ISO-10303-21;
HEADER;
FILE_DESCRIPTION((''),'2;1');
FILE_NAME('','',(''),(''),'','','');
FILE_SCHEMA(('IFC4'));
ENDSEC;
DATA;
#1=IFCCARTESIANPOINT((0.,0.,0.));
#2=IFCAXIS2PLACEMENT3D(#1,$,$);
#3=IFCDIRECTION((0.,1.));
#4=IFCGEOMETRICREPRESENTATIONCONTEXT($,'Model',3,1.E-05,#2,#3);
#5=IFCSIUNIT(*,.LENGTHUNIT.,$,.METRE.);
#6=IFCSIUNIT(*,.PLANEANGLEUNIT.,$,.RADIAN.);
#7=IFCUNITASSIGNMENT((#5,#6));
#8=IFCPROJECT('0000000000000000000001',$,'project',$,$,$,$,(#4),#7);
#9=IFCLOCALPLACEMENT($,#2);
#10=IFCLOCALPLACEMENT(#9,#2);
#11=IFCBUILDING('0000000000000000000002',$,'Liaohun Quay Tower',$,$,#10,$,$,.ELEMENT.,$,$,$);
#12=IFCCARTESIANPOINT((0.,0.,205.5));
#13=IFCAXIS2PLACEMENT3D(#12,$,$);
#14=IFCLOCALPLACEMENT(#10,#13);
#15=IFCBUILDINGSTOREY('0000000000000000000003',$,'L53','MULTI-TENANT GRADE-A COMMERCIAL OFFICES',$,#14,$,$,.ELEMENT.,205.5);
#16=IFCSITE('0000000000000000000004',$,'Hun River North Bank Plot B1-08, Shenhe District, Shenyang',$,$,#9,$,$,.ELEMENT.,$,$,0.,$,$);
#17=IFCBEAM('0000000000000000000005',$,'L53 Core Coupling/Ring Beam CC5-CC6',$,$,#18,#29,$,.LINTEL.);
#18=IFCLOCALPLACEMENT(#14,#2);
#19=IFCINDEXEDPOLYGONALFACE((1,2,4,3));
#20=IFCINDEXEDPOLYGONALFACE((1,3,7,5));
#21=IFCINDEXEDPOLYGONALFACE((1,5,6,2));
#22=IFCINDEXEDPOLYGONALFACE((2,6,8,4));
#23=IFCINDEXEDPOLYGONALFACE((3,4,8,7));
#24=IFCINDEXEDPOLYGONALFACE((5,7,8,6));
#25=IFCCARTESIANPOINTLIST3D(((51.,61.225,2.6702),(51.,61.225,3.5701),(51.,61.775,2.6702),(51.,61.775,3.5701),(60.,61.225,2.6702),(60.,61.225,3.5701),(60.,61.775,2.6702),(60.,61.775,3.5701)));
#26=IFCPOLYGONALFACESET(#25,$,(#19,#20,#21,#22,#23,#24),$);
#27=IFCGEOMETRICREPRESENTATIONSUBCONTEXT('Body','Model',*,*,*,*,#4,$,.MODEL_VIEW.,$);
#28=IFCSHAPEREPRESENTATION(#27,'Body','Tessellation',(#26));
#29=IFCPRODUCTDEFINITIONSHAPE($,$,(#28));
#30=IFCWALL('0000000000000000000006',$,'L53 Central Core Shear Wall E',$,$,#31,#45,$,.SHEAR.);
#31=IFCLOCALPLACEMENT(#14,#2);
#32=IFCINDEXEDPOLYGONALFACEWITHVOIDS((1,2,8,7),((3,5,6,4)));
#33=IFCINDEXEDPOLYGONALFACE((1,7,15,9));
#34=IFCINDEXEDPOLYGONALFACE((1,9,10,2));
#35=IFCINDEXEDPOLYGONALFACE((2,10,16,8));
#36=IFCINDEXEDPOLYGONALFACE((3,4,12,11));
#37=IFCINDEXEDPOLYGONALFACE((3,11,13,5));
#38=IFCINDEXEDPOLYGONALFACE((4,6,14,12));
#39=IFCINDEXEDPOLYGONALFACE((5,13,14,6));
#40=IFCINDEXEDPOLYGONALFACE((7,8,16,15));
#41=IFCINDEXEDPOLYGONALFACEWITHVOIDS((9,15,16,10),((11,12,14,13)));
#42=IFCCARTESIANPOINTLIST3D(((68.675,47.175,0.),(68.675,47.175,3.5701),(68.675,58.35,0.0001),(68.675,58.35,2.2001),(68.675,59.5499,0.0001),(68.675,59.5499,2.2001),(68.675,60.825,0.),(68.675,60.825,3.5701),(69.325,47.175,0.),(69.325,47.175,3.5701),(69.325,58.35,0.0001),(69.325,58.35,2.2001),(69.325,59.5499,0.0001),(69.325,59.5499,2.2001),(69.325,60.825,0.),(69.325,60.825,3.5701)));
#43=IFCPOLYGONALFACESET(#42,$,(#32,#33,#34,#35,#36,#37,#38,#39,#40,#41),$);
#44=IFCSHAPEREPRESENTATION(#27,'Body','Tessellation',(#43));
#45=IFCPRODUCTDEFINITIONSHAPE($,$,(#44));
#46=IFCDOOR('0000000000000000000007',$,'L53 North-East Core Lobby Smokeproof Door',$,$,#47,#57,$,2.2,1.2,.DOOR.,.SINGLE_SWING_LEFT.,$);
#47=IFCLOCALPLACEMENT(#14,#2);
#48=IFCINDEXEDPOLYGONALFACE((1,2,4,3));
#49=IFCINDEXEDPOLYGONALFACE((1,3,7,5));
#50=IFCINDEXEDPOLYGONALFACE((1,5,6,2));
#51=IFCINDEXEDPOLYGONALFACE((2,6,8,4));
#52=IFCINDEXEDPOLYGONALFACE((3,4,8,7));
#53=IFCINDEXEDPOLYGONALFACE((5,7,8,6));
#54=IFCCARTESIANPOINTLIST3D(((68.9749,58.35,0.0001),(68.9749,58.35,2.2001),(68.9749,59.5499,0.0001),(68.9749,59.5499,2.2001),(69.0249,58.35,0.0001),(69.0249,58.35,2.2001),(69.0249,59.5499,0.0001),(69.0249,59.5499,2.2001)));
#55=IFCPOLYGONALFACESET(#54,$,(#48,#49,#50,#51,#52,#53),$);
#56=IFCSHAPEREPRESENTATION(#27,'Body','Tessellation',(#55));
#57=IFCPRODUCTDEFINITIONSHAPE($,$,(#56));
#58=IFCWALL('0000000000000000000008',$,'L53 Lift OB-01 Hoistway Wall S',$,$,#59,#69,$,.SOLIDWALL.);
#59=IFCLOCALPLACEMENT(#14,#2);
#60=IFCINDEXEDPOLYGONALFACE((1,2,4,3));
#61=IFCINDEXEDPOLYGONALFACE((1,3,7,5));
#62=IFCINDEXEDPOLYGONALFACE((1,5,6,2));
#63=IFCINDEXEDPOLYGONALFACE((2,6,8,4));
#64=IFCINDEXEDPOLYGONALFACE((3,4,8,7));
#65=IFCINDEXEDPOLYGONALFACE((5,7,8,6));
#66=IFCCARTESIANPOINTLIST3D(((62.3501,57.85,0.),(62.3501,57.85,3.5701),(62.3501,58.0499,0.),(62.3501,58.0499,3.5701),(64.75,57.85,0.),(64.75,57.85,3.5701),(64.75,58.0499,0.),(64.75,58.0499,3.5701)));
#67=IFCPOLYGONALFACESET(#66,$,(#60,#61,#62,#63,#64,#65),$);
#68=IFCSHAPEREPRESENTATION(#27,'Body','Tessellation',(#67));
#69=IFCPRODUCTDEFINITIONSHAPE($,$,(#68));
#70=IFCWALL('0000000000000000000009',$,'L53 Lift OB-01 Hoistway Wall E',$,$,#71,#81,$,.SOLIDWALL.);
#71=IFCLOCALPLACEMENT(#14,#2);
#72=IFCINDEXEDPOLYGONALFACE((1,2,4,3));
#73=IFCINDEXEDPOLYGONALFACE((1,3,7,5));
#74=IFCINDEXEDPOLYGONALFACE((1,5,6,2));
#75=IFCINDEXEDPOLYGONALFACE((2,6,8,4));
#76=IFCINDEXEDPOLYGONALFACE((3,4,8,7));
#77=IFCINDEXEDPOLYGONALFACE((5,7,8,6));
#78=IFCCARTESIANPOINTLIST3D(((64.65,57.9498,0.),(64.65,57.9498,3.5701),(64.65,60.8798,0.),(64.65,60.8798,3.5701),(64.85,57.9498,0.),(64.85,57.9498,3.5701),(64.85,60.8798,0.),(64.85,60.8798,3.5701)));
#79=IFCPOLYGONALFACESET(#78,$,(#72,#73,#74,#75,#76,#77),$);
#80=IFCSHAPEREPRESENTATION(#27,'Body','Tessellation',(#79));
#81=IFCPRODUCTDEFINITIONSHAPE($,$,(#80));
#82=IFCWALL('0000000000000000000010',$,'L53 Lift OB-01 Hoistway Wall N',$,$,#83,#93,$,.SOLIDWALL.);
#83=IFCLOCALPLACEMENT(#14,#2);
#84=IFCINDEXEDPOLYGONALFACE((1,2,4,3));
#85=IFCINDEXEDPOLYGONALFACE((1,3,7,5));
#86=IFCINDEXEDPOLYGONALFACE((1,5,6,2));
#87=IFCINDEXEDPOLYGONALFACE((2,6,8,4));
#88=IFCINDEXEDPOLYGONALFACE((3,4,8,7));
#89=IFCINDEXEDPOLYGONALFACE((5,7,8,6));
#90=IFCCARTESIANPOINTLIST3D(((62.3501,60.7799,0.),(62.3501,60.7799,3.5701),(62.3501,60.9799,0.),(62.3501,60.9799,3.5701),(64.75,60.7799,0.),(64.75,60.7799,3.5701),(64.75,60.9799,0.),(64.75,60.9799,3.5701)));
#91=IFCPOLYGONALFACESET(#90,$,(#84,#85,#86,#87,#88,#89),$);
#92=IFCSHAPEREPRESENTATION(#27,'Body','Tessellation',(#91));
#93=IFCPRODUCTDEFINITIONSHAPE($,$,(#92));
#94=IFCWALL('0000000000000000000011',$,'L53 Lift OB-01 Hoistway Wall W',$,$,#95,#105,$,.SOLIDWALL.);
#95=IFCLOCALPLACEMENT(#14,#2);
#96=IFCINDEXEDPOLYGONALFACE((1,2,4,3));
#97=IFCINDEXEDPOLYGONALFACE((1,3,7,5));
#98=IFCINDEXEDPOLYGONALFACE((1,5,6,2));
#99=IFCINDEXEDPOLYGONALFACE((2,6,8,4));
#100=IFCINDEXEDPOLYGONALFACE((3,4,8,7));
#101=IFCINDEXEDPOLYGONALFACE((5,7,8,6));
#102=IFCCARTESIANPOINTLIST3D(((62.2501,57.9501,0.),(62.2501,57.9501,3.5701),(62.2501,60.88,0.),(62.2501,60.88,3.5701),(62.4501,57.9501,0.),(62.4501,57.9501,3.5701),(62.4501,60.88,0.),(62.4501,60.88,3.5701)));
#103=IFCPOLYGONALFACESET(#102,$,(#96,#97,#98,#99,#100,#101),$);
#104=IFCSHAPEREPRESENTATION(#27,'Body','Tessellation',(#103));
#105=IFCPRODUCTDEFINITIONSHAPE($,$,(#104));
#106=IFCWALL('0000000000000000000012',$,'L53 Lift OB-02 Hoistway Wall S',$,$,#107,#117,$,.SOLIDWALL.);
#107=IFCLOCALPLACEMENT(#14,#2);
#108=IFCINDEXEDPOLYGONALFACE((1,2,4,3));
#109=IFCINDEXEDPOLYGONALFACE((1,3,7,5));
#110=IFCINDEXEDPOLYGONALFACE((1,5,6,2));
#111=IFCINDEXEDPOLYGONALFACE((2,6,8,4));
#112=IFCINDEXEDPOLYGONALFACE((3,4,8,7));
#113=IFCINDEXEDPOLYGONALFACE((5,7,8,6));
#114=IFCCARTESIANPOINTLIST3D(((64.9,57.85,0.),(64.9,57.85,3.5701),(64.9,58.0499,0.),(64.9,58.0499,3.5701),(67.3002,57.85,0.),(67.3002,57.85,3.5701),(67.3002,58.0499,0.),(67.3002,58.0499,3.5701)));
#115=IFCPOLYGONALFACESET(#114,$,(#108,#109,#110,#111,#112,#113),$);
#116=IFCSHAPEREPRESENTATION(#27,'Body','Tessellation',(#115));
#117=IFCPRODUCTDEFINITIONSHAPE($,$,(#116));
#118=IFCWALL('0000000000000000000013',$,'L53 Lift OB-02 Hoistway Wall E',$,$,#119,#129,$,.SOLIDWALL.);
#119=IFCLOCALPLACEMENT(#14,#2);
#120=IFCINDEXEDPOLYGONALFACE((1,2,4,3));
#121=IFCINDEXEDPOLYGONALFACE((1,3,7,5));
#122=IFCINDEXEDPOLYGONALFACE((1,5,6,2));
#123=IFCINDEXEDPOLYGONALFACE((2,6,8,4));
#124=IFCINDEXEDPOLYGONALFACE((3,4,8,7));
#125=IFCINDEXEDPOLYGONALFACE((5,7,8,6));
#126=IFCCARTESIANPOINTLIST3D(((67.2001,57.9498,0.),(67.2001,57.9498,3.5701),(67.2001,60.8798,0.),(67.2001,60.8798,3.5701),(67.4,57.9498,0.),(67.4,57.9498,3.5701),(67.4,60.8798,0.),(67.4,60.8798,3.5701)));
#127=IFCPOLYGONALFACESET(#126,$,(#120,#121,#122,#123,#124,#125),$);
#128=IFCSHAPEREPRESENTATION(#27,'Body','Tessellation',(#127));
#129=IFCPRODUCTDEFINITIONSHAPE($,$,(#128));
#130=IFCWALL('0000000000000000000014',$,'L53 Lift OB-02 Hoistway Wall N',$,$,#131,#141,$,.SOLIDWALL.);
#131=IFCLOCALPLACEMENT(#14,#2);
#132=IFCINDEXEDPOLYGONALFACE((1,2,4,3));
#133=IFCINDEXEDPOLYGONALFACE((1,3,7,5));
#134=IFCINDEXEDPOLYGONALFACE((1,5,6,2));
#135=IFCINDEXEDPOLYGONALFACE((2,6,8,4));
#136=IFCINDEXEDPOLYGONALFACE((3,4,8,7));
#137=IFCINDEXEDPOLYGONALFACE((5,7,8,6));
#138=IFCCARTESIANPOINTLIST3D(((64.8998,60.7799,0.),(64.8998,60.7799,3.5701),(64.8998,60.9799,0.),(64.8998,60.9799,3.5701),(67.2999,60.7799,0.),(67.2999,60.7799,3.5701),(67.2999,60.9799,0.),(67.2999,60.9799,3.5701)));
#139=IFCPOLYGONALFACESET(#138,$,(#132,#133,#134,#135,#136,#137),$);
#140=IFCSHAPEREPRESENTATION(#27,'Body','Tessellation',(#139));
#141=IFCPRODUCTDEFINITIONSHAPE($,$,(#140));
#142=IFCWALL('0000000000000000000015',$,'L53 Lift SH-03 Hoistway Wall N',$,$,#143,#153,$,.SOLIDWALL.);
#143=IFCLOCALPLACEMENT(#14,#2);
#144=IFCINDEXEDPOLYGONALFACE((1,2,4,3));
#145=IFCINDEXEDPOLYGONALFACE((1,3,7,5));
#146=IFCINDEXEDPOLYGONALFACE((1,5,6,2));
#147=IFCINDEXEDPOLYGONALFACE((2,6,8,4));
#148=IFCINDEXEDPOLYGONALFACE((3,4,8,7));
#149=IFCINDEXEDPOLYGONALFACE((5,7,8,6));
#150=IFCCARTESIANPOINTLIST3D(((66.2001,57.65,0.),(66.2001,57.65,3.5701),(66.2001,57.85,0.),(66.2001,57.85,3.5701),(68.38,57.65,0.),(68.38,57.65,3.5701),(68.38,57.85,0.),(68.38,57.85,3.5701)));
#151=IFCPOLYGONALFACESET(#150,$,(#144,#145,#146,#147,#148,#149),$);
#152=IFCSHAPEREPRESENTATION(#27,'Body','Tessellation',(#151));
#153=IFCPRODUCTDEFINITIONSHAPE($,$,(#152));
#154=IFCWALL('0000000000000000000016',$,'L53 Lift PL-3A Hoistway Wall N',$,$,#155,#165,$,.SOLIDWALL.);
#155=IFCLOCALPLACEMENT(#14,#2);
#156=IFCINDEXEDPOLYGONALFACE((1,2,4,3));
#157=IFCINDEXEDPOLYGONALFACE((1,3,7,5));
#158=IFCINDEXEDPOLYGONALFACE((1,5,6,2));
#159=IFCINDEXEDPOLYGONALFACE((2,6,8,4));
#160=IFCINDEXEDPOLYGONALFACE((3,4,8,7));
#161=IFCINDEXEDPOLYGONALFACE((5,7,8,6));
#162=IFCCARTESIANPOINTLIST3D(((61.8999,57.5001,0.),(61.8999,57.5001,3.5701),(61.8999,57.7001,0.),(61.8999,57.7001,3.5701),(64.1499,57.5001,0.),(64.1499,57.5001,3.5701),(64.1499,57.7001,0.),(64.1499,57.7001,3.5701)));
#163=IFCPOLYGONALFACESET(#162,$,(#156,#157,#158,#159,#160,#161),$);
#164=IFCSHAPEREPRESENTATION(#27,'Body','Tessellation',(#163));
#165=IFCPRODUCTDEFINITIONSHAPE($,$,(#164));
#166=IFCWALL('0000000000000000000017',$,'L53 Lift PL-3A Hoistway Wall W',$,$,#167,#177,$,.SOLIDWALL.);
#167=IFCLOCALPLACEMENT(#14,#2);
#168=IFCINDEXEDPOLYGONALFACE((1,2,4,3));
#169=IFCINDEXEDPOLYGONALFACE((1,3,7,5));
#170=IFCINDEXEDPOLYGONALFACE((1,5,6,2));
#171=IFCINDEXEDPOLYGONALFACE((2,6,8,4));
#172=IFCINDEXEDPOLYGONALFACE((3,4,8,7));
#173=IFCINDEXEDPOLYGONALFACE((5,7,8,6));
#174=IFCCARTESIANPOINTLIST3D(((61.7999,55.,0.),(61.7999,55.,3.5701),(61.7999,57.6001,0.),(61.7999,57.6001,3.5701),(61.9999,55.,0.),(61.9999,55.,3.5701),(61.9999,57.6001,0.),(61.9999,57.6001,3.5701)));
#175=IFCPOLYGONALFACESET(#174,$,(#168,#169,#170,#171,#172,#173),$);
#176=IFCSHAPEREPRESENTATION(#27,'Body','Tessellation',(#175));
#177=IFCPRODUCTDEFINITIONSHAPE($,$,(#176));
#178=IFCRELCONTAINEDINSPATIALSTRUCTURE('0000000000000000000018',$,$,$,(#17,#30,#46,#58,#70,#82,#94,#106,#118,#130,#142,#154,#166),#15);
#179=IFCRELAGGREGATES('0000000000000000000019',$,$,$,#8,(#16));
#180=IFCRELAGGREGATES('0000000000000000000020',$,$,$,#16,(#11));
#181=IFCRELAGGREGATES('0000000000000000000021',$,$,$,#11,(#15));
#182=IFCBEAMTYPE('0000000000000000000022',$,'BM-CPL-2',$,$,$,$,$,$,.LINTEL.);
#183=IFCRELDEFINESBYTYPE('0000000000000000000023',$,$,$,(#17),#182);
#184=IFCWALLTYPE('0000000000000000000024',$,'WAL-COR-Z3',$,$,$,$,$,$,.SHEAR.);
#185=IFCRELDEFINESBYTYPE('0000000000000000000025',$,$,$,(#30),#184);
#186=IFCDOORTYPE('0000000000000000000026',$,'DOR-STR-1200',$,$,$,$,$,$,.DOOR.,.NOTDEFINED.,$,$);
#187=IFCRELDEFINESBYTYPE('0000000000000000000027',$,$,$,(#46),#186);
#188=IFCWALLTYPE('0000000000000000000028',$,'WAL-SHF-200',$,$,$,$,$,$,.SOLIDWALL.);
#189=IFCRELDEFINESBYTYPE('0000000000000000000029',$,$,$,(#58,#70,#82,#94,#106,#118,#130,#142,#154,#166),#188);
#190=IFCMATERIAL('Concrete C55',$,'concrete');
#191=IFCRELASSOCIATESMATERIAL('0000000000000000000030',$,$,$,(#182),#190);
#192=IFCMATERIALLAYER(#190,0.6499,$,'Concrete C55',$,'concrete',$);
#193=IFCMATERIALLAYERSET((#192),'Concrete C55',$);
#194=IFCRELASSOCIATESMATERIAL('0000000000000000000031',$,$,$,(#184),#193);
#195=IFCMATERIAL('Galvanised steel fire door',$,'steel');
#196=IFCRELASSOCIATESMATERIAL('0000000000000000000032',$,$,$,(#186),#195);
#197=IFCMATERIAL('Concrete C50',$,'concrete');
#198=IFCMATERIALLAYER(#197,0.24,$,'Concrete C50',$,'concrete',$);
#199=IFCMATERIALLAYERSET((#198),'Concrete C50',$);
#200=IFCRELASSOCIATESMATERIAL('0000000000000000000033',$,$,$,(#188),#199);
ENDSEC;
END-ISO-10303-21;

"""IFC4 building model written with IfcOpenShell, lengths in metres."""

from ifc_helpers import new_model, si_unit, direction, frame, frame_2d, origin, origin_2d, place, context, subcontext, project, spatial, rectangle, extrude, source, transform, mapped, material, layer, layer_set, material_profile, profile_set, type_object, element, fill, save


model = new_model("IFC4")

# Units and contexts
model_context = context("Model", 3, precision=1e-05, world=origin(), true_north=direction((0.0, 1.0)))
body_context = subcontext(model_context, "Body", "Model", "MODEL_VIEW")
ifc_project = project(units=[si_unit("LENGTHUNIT", "METRE"), si_unit("PLANEANGLEUNIT", "RADIAN")], contexts=[model_context])

# Site, building, storey
site_placement = place(None, origin())
site = spatial("IfcSite", under=ifc_project, at=site_placement, Name="Hun River North Bank Plot B1-08, Shenhe District, Shenyang", CompositionType="ELEMENT", RefElevation=0.0)
building_placement = place(site_placement, origin())
building = spatial("IfcBuilding", under=site, at=building_placement, Name="Liaohun Quay Tower", CompositionType="ELEMENT")
storey_placement = place(building_placement, frame((0.0, 0.0, 205.5)))
storey = spatial("IfcBuildingStorey", under=building, at=storey_placement, Name="L53", Description="MULTI-TENANT GRADE-A COMMERCIAL OFFICES", CompositionType="ELEMENT", Elevation=205.5)

# Beam
ifc_material_1 = material(Name="Concrete C55", Category="concrete")
ifc_material_profile = material_profile(ifc_material_1, rectangle(XDim=0.55, YDim=0.8999, at=origin_2d()), Name="RC550x900")
ifc_profile_set = profile_set([ifc_material_profile], Name="Concrete C55")
beam_type = type_object("IfcBeamType", Name="BM-CPL-2", PredefinedType="LINTEL", material=ifc_profile_set)
shared_shape_1 = source(origin(), body_context, "Body", "SweptSolid", [
    extrude(rectangle(XDim=0.55, YDim=0.8999, at=origin_2d()), origin(), (0.0, 0.0, 1.0), 9.0),
])
beam_placement = place(storey_placement, frame((60.0, 61.5, 3.1201), z_axis=(-1.0, 0.0, 0.0), x_axis=(0.0, -1.0, 0.0)))
element("IfcBeam", 1, at=beam_placement, inside=storey, type_object=beam_type, Name="L53 Core Coupling/Ring Beam CC5-CC6", PredefinedType="LINTEL", context=body_context, shape_type="MappedRepresentation", body=[
    mapped(shared_shape_1, transform((0.0, 0.0, 0.0), x_axis=(1.0, 0.0, 0.0), y_axis=(0.0, 1.0, 0.0), z_axis=(0.0, 0.0, 1.0), scale=1.0)),
])

# Wall, opening, door
ifc_layer_1 = layer(ifc_material_1, 0.6499, Name="Concrete C55", Category="concrete")
ifc_layer_set_1 = layer_set([ifc_layer_1], Name="Concrete C55")
wall_type_1 = type_object("IfcWallType", Name="WAL-COR-Z3", PredefinedType="SHEAR", material=ifc_layer_set_1)
wall_1_placement = place(storey_placement, frame((69.0, 60.825, 0.0), z_axis=(0.0, 0.0, 1.0), x_axis=(0.0, -1.0, 0.0)))
wall_1 = element("IfcWall", 2, at=wall_1_placement, inside=storey, type_object=wall_type_1, Name="L53 Central Core Shear Wall E", PredefinedType="SHEAR", context=body_context, shape_type="SweptSolid", body=[
    extrude(rectangle(XDim=13.6499, YDim=0.6499, at=frame_2d((6.825, 0.0))), origin(), (0.0, 0.0, 1.0), 3.5701),
])
shared_shape_2 = source(origin(), body_context, "Body", "SweptSolid", [
    extrude(rectangle(XDim=1.2, YDim=2.2, at=frame_2d((0.6001, 1.1001))), frame((0.0, 0.335, 0.0), z_axis=(0.0, -1.0, 0.0), x_axis=(1.0, 0.0, 0.0)), (0.0, 0.0, 1.0), 0.6699),
])
opening_placement = place(wall_1_placement, frame((1.2749, 0.0, 0.0)))
opening = element("IfcOpeningElement", 3, at=opening_placement, cuts=wall_1, PredefinedType="OPENING", context=body_context, shape_type="MappedRepresentation", body=[
    mapped(shared_shape_2, transform((0.0, 0.0, 0.0), x_axis=(1.0, 0.0, 0.0), y_axis=(0.0, 1.0, 0.0), z_axis=(0.0, 0.0, 1.0), scale=1.0)),
])
ifc_material_2 = material(Name="Galvanised steel fire door", Category="steel")
door_type = type_object("IfcDoorType", Name="DOR-STR-1200", OperationType="NOTDEFINED", PredefinedType="DOOR", material=ifc_material_2)
shared_shape_3 = source(origin(), body_context, "Body", "SweptSolid", [
    extrude(rectangle(XDim=1.2, YDim=2.2, at=frame_2d((0.6001, 1.1001))), frame((0.0, 0.0249, 0.0), z_axis=(0.0, -1.0, 0.0), x_axis=(1.0, 0.0, 0.0)), (0.0, 0.0, 1.0), 0.05),
])
door_placement = place(opening_placement, origin())
door = element("IfcDoor", 4, at=door_placement, inside=storey, type_object=door_type, Name="L53 North-East Core Lobby Smokeproof Door", OperationType="SINGLE_SWING_LEFT", OverallHeight=2.2, OverallWidth=1.2, PredefinedType="DOOR", context=body_context, shape_type="MappedRepresentation", body=[
    mapped(shared_shape_3, transform((0.0, 0.0, 0.0), x_axis=(1.0, 0.0, 0.0), y_axis=(0.0, 1.0, 0.0), z_axis=(0.0, 0.0, 1.0), scale=1.0)),
])
fill(opening, door)

# Walls
ifc_material_3 = material(Name="Concrete C50", Category="concrete")
ifc_layer_2 = layer(ifc_material_3, 0.24, Name="Concrete C50", Category="concrete")
ifc_layer_set_2 = layer_set([ifc_layer_2], Name="Concrete C50")
wall_type_2 = type_object("IfcWallType", Name="WAL-SHF-200", PredefinedType="SOLIDWALL", material=ifc_layer_set_2)
wall_2_placement = place(storey_placement, frame((62.3501, 57.95, 0.0), z_axis=(0.0, 0.0, 1.0), x_axis=(1.0, 0.0, 0.0)))
element("IfcWall", 5, at=wall_2_placement, inside=storey, type_object=wall_type_2, Name="L53 Lift OB-01 Hoistway Wall S", PredefinedType="SOLIDWALL", context=body_context, shape_type="SweptSolid", body=[
    extrude(rectangle(XDim=2.3999, YDim=0.2, at=frame_2d((1.2, 0.0))), origin(), (0.0, 0.0, 1.0), 3.5701),
])
wall_3_placement = place(storey_placement, frame((64.75, 57.95, 0.0), z_axis=(0.0, 0.0, 1.0), x_axis=(0.0, 1.0, 0.0)))
element("IfcWall", 6, at=wall_3_placement, inside=storey, type_object=wall_type_2, Name="L53 Lift OB-01 Hoistway Wall E", PredefinedType="SOLIDWALL", context=body_context, shape_type="SweptSolid", body=[
    extrude(rectangle(XDim=2.9299, YDim=0.2, at=frame_2d((1.4648, 0.0))), origin(), (0.0, 0.0, 1.0), 3.5701),
])
wall_4_placement = place(storey_placement, frame((64.75, 60.8799, 0.0), z_axis=(0.0, 0.0, 1.0), x_axis=(-1.0, 0.0, 0.0)))
element("IfcWall", 7, at=wall_4_placement, inside=storey, type_object=wall_type_2, Name="L53 Lift OB-01 Hoistway Wall N", PredefinedType="SOLIDWALL", context=body_context, shape_type="SweptSolid", body=[
    extrude(rectangle(XDim=2.3999, YDim=0.2, at=frame_2d((1.2, 0.0))), origin(), (0.0, 0.0, 1.0), 3.5701),
])
wall_5_placement = place(storey_placement, frame((62.3501, 60.8799, 0.0), z_axis=(0.0, 0.0, 1.0), x_axis=(0.0, -1.0, 0.0)))
element("IfcWall", 8, at=wall_5_placement, inside=storey, type_object=wall_type_2, Name="L53 Lift OB-01 Hoistway Wall W", PredefinedType="SOLIDWALL", context=body_context, shape_type="SweptSolid", body=[
    extrude(rectangle(XDim=2.9299, YDim=0.2, at=frame_2d((1.4648, 0.0))), origin(), (0.0, 0.0, 1.0), 3.5701),
])
wall_6_placement = place(storey_placement, frame((64.8999, 57.95, 0.0), z_axis=(0.0, 0.0, 1.0), x_axis=(1.0, 0.0, 0.0)))
element("IfcWall", 9, at=wall_6_placement, inside=storey, type_object=wall_type_2, Name="L53 Lift OB-02 Hoistway Wall S", PredefinedType="SOLIDWALL", context=body_context, shape_type="SweptSolid", body=[
    extrude(rectangle(XDim=2.4001, YDim=0.2, at=frame_2d((1.2002, 0.0))), origin(), (0.0, 0.0, 1.0), 3.5701),
])
wall_7_placement = place(storey_placement, frame((67.3, 57.95, 0.0), z_axis=(0.0, 0.0, 1.0), x_axis=(0.0, 1.0, 0.0)))
element("IfcWall", 10, at=wall_7_placement, inside=storey, type_object=wall_type_2, Name="L53 Lift OB-02 Hoistway Wall E", PredefinedType="SOLIDWALL", context=body_context, shape_type="SweptSolid", body=[
    extrude(rectangle(XDim=2.9299, YDim=0.2, at=frame_2d((1.4648, 0.0))), origin(), (0.0, 0.0, 1.0), 3.5701),
])
wall_8_placement = place(storey_placement, frame((67.3, 60.8799, 0.0), z_axis=(0.0, 0.0, 1.0), x_axis=(-1.0, 0.0, 0.0)))
element("IfcWall", 11, at=wall_8_placement, inside=storey, type_object=wall_type_2, Name="L53 Lift OB-02 Hoistway Wall N", PredefinedType="SOLIDWALL", context=body_context, shape_type="SweptSolid", body=[
    extrude(rectangle(XDim=2.4001, YDim=0.2, at=frame_2d((1.2002, 0.0))), origin(), (0.0, 0.0, 1.0), 3.5701),
])
wall_9_placement = place(storey_placement, frame((68.3799, 57.75, 0.0), z_axis=(0.0, 0.0, 1.0), x_axis=(-1.0, 0.0, 0.0)))
element("IfcWall", 12, at=wall_9_placement, inside=storey, type_object=wall_type_2, Name="L53 Lift SH-03 Hoistway Wall N", PredefinedType="SOLIDWALL", context=body_context, shape_type="SweptSolid", body=[
    extrude(rectangle(XDim=2.1799, YDim=0.2, at=frame_2d((1.0898, 0.0))), origin(), (0.0, 0.0, 1.0), 3.5701),
])
wall_10_placement = place(storey_placement, frame((64.1499, 57.6001, 0.0), z_axis=(0.0, 0.0, 1.0), x_axis=(-1.0, 0.0, 0.0)))
element("IfcWall", 13, at=wall_10_placement, inside=storey, type_object=wall_type_2, Name="L53 Lift PL-3A Hoistway Wall N", PredefinedType="SOLIDWALL", context=body_context, shape_type="SweptSolid", body=[
    extrude(rectangle(XDim=2.25, YDim=0.2, at=frame_2d((1.125, 0.0))), origin(), (0.0, 0.0, 1.0), 3.5701),
])
wall_11_placement = place(storey_placement, frame((61.8999, 57.6001, 0.0), z_axis=(0.0, 0.0, 1.0), x_axis=(0.0, -1.0, 0.0)))
element("IfcWall", 14, at=wall_11_placement, inside=storey, type_object=wall_type_2, Name="L53 Lift PL-3A Hoistway Wall W", PredefinedType="SOLIDWALL", context=body_context, shape_type="SweptSolid", body=[
    extrude(rectangle(XDim=2.6001, YDim=0.2, at=frame_2d((1.3, 0.0))), origin(), (0.0, 0.0, 1.0), 3.5701),
])

save(model, "model.ifc")
